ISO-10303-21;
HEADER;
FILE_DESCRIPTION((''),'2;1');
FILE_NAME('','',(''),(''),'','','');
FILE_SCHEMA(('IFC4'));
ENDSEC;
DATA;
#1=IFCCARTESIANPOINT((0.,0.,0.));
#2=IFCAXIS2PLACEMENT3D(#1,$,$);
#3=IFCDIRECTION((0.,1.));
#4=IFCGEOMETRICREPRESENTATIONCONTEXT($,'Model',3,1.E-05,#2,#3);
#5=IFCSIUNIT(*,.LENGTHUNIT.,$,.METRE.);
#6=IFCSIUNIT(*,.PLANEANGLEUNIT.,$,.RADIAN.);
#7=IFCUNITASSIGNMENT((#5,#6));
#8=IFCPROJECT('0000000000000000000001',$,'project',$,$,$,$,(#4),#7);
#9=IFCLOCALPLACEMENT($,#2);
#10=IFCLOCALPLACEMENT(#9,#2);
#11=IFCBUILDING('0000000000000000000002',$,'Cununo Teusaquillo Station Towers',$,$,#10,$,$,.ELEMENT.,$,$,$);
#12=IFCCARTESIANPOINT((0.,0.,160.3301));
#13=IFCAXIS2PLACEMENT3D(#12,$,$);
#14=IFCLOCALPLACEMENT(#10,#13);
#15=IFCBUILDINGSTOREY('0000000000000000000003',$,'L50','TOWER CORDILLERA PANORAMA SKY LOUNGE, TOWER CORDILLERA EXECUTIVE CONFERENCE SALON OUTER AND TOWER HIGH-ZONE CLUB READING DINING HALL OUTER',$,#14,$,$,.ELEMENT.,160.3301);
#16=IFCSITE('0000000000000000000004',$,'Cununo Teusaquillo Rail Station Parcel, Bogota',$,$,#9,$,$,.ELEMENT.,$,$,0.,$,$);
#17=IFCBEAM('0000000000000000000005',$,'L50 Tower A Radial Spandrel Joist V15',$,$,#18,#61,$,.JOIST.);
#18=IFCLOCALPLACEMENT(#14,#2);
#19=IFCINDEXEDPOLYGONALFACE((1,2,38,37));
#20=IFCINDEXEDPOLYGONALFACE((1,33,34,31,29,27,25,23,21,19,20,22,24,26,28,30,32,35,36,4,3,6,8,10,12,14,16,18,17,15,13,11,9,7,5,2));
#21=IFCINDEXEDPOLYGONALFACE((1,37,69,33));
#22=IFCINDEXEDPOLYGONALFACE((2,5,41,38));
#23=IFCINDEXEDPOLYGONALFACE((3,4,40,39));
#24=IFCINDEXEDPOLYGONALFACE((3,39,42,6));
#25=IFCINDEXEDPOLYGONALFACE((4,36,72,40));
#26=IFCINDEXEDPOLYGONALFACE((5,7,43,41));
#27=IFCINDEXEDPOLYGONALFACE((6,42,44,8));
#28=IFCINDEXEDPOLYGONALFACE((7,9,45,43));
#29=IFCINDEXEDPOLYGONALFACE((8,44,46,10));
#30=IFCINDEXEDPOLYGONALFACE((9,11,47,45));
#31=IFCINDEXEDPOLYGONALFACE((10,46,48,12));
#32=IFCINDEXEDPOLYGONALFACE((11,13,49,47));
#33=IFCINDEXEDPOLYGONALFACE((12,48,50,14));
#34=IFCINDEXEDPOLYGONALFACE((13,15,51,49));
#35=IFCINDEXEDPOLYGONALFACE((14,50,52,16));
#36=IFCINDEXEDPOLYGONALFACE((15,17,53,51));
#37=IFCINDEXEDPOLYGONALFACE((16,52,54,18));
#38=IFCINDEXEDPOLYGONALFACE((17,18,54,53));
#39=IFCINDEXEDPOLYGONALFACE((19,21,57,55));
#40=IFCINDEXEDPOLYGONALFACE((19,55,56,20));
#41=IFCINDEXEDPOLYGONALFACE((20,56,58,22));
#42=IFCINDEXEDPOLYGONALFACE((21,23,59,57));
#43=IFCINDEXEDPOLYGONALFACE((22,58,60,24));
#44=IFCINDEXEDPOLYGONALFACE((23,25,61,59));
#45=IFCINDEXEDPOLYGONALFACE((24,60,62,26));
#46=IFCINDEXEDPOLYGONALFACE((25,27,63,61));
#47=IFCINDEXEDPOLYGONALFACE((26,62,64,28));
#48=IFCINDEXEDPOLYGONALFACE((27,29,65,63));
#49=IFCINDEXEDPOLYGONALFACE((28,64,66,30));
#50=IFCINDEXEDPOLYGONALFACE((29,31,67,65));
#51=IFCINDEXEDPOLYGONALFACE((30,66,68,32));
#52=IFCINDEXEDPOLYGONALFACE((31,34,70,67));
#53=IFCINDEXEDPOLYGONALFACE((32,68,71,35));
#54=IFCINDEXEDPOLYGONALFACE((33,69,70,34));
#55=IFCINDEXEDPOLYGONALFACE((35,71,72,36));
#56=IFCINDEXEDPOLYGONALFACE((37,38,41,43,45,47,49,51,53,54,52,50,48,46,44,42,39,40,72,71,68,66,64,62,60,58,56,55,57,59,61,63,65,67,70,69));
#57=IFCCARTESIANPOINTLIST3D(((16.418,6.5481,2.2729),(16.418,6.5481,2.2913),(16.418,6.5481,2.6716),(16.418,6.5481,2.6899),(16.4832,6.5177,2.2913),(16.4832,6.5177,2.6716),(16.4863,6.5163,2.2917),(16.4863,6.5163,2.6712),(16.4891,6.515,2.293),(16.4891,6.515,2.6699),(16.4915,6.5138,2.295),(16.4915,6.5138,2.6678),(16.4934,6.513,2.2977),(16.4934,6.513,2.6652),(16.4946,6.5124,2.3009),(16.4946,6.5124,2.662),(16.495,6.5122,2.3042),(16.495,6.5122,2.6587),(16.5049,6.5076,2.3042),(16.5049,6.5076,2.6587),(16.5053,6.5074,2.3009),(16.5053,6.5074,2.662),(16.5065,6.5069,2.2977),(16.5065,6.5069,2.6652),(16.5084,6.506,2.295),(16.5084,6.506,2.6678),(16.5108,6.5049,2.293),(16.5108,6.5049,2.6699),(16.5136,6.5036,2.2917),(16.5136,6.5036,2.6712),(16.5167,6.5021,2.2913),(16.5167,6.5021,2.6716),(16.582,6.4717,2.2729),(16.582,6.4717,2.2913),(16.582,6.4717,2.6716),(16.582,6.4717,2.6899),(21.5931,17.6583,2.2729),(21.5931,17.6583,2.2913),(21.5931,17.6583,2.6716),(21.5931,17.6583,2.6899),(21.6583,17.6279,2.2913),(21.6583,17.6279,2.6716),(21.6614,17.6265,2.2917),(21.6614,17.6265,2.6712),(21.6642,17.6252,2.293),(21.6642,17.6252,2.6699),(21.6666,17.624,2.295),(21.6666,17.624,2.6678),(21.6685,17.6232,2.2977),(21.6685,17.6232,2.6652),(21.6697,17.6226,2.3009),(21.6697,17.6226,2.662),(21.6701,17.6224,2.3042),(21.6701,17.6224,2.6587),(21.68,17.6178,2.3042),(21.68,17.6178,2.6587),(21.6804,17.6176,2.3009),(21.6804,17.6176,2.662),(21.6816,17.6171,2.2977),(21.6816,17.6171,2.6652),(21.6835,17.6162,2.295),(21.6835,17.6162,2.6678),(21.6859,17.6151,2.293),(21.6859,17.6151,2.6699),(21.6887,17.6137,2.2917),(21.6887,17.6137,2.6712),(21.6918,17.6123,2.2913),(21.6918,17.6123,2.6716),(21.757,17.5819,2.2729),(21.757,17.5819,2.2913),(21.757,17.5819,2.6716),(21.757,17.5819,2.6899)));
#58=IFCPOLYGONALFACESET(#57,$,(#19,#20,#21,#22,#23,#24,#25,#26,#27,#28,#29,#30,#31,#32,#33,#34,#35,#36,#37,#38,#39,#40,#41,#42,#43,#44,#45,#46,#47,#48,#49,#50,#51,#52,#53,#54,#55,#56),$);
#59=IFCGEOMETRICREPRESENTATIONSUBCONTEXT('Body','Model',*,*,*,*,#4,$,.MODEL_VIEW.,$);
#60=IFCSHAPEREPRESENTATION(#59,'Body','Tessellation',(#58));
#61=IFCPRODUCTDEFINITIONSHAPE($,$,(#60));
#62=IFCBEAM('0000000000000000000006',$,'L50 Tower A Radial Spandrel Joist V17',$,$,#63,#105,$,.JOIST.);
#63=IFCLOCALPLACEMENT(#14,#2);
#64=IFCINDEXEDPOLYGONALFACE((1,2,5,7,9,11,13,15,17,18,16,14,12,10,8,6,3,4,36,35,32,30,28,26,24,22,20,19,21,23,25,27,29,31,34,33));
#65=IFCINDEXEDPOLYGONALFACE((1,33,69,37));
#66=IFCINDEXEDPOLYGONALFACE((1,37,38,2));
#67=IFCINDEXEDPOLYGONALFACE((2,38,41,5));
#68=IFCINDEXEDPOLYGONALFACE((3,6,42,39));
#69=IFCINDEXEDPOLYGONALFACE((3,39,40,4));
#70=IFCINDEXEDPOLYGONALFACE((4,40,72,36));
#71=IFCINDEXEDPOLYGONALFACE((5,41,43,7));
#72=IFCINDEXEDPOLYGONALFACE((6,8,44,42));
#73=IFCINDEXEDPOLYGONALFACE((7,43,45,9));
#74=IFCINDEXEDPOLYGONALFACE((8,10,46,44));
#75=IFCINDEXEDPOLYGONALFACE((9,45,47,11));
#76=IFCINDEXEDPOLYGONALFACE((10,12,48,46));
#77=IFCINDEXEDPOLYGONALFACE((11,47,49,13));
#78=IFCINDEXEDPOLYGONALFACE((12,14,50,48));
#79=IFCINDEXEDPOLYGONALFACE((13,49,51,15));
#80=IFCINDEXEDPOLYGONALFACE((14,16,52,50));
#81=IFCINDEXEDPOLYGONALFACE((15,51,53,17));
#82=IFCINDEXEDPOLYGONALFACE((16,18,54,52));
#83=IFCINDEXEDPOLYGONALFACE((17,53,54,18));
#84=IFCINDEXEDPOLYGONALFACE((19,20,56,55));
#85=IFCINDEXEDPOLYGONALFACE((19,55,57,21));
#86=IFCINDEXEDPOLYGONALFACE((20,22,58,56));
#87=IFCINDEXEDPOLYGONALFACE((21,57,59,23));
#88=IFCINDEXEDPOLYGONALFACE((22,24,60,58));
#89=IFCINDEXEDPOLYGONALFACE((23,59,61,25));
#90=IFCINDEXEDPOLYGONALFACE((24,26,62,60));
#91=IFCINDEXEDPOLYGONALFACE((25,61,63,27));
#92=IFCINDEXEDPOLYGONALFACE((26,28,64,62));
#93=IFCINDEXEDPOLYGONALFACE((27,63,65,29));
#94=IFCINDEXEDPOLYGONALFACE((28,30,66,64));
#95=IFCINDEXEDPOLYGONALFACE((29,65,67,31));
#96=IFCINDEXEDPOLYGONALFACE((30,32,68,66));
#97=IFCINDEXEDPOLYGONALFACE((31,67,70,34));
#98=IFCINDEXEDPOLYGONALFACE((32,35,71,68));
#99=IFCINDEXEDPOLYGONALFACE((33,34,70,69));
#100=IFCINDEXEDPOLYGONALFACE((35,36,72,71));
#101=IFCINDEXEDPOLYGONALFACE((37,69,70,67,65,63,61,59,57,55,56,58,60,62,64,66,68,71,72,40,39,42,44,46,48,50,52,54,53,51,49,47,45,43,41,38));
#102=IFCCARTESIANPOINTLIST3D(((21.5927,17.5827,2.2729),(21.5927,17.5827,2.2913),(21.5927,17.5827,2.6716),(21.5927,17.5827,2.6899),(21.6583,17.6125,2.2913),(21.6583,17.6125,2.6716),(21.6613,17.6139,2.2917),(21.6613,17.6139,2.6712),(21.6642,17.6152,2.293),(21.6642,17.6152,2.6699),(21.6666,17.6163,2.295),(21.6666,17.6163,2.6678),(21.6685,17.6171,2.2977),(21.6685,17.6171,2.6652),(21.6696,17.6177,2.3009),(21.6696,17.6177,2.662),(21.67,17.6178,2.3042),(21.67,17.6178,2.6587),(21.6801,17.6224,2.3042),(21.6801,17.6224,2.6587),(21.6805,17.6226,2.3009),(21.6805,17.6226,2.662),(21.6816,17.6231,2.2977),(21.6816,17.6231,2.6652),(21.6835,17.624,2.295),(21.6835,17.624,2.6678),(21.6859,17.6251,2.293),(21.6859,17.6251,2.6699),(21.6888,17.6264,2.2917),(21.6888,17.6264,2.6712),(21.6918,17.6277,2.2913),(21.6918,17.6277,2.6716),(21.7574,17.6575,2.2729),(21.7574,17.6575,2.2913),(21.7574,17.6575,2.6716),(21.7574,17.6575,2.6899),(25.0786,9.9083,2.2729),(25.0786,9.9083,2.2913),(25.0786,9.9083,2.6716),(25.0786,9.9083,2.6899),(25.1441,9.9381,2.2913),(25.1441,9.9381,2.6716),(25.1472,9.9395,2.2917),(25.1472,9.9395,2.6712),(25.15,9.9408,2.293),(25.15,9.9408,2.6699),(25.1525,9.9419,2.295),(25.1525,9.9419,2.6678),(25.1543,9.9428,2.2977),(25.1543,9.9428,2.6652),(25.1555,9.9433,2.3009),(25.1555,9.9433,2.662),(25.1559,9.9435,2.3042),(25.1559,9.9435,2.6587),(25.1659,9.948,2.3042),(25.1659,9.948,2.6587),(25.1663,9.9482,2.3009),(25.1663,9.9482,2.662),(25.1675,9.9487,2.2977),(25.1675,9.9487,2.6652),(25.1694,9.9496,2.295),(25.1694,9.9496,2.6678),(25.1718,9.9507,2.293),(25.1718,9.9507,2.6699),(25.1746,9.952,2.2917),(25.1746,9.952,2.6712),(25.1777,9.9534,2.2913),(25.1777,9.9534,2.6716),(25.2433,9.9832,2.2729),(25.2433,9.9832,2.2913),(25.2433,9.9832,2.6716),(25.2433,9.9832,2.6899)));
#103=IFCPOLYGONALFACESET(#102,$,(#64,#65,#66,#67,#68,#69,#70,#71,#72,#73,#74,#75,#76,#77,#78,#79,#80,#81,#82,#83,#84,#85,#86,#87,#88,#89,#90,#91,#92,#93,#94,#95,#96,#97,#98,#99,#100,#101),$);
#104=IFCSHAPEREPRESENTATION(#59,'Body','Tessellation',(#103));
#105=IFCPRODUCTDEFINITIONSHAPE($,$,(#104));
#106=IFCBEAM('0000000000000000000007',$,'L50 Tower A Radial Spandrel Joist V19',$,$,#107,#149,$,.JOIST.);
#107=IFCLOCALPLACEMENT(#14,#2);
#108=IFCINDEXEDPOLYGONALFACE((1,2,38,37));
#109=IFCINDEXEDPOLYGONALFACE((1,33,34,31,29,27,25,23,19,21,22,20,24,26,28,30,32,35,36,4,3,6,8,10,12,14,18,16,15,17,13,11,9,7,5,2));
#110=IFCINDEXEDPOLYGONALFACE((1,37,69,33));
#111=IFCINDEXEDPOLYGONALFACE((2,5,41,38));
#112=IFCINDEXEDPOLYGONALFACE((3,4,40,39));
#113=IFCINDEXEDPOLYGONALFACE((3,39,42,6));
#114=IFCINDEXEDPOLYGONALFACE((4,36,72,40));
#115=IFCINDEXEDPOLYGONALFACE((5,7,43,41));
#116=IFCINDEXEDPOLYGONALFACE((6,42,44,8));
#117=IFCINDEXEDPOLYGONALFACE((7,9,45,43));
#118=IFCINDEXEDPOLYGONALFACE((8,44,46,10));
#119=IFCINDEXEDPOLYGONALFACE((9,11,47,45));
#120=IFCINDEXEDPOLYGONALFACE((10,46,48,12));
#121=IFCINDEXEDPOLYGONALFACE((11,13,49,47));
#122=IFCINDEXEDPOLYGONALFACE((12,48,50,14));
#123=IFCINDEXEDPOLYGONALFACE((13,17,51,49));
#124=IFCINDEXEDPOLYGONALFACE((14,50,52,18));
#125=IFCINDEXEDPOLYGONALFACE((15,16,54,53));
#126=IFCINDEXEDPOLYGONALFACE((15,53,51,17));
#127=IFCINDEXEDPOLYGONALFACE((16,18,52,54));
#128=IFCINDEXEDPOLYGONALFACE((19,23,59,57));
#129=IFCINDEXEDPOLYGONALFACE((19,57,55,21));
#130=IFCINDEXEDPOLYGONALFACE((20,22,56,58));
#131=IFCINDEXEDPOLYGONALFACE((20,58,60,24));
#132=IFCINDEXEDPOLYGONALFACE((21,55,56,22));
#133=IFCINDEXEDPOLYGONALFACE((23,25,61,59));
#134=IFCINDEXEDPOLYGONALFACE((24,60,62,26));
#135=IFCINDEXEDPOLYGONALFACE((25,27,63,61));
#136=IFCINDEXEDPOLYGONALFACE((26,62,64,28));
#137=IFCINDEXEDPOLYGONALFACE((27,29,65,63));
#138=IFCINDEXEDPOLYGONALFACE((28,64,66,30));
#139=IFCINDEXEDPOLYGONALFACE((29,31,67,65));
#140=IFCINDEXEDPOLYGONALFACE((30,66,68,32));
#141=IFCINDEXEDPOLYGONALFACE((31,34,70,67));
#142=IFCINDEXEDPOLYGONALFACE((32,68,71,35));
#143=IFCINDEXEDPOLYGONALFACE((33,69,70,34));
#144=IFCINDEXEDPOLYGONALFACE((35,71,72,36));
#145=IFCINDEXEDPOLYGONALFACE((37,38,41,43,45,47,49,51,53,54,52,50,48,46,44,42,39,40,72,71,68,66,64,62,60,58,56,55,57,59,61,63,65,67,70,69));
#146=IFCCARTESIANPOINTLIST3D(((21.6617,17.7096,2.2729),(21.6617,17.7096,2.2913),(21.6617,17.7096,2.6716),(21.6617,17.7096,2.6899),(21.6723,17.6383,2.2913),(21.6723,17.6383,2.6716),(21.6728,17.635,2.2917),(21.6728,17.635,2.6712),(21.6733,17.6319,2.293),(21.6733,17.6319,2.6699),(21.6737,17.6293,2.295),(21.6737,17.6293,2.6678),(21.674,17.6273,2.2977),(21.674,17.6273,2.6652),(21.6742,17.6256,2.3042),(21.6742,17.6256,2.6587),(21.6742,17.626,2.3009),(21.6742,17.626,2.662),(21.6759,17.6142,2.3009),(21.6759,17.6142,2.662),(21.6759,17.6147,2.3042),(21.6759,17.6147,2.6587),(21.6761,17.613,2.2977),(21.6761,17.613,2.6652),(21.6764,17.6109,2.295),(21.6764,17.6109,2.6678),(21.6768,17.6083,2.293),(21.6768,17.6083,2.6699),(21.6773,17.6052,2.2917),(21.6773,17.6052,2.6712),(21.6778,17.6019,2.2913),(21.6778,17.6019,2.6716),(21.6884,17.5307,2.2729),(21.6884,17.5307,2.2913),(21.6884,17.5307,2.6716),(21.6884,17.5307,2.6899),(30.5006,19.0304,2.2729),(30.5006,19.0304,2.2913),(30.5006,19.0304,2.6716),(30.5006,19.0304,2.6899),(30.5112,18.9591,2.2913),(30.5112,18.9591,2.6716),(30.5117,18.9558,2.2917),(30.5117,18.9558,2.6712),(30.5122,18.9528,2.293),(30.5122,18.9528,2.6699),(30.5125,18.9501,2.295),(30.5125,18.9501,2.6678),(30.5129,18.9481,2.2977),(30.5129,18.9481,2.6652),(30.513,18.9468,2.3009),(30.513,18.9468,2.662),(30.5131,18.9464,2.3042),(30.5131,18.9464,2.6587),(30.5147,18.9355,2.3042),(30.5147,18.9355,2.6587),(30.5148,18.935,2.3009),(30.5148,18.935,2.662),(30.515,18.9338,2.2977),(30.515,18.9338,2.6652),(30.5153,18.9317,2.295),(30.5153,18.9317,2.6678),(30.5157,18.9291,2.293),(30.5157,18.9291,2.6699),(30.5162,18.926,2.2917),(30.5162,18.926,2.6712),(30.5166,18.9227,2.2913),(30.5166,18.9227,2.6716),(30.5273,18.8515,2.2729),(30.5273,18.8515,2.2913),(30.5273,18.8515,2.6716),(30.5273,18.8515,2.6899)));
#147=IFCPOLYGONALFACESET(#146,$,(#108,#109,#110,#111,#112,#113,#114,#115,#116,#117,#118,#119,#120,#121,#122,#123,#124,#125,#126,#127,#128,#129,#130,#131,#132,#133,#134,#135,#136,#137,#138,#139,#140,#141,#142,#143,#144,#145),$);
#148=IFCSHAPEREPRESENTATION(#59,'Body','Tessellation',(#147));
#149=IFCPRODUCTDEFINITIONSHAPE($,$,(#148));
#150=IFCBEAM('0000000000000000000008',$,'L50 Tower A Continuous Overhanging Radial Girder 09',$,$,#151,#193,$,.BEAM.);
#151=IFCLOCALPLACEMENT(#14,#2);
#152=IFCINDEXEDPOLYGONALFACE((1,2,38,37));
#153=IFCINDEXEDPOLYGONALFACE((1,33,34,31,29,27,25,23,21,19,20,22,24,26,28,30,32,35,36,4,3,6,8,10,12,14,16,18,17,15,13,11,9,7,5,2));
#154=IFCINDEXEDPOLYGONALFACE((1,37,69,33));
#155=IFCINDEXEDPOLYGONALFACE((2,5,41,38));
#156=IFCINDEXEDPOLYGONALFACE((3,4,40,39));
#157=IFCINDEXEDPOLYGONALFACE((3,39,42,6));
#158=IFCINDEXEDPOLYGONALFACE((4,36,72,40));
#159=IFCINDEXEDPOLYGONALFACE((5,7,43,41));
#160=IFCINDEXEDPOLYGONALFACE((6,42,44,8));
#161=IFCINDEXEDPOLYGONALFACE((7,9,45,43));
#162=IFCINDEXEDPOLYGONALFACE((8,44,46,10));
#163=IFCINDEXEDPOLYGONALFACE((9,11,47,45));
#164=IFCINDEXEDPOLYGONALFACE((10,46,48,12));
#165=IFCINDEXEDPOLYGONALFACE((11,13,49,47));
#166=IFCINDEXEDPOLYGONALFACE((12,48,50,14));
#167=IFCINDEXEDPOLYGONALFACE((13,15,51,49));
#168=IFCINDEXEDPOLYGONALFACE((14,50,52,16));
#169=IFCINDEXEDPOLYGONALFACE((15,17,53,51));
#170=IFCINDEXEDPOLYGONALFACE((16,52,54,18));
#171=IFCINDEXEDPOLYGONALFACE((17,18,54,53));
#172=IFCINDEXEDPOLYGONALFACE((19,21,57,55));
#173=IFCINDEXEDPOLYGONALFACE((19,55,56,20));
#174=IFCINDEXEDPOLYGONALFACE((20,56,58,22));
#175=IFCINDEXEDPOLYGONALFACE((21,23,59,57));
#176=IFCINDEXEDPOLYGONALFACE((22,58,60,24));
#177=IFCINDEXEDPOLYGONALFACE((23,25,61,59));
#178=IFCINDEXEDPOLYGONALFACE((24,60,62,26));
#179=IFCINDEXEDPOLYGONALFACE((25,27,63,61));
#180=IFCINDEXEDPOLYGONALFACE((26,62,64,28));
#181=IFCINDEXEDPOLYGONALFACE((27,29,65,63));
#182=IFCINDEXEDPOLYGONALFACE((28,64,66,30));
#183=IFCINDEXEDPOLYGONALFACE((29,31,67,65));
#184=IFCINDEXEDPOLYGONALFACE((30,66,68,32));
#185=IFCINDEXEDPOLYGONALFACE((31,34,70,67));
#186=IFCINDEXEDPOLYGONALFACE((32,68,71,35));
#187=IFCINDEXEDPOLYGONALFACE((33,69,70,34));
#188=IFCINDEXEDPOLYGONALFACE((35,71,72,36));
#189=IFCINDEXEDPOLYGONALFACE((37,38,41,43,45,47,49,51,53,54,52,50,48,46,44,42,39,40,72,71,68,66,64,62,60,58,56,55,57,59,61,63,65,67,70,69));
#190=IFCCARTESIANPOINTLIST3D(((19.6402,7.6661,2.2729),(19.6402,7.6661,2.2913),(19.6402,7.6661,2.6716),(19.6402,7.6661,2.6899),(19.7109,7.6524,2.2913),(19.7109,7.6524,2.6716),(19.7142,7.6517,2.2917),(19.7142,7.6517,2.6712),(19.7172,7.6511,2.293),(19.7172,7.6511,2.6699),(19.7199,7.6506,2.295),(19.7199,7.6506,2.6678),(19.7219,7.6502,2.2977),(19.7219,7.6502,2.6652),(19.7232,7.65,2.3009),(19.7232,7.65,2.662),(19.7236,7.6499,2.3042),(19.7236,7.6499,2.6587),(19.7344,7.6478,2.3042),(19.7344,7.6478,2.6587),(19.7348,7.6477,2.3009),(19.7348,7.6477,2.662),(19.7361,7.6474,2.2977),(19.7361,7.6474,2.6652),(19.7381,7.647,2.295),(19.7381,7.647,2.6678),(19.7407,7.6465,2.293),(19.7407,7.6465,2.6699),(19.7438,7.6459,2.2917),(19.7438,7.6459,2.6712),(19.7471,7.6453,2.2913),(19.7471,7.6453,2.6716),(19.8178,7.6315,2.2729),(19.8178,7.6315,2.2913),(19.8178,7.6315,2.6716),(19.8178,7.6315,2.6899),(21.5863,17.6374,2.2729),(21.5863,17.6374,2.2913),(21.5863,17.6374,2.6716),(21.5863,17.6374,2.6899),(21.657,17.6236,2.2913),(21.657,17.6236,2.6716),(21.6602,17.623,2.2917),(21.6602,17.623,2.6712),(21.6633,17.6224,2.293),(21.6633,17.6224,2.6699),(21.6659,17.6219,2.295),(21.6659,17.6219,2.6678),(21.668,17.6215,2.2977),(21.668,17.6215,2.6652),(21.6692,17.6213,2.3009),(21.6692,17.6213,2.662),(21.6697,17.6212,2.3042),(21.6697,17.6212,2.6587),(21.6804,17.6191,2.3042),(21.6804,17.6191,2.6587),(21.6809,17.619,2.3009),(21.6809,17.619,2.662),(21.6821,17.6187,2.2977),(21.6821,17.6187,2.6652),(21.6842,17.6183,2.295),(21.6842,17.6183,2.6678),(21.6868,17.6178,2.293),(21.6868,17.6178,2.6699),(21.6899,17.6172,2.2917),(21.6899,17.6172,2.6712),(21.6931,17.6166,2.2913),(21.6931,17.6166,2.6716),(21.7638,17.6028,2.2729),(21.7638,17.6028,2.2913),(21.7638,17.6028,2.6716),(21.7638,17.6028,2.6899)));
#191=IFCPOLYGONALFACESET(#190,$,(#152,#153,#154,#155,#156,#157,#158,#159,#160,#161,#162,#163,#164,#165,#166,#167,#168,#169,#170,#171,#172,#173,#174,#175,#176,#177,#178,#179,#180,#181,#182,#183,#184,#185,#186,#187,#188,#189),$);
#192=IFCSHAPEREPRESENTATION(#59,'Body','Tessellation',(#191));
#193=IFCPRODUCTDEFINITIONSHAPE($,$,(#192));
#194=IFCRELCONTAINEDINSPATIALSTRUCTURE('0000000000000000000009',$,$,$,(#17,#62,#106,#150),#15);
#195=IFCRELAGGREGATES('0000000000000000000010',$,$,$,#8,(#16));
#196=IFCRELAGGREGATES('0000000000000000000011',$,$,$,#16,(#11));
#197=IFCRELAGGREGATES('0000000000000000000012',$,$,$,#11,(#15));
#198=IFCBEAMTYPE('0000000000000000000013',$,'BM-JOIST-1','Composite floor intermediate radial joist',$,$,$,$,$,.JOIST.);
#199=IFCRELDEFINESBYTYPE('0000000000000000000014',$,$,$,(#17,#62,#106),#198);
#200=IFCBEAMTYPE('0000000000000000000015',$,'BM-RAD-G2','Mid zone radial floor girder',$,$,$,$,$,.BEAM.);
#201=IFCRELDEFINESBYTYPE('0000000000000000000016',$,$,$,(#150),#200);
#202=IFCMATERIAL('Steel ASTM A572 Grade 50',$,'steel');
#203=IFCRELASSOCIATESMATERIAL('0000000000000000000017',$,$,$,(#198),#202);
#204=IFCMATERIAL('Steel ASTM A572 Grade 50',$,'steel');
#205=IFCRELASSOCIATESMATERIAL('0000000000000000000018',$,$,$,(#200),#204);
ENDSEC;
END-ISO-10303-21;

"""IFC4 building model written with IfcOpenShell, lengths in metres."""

from ifc_helpers import new_model, si_unit, direction, frame, origin, origin_2d, place, context, subcontext, project, spatial, i_section, extrude, material, material_profile, profile_set, type_object, element, save


model = new_model("IFC4")

# Units and contexts
model_context = context("Model", 3, precision=1e-05, world=origin(), true_north=direction((0.0, 1.0)))
body_context = subcontext(model_context, "Body", "Model", "MODEL_VIEW")
ifc_project = project(units=[si_unit("LENGTHUNIT", "METRE"), si_unit("PLANEANGLEUNIT", "RADIAN")], contexts=[model_context])

# Site, building, storey
site_placement = place(None, origin())
site = spatial("IfcSite", under=ifc_project, at=site_placement, Name="Cununo Teusaquillo Rail Station Parcel, Bogota", CompositionType="ELEMENT", RefElevation=0.0)
building_placement = place(site_placement, origin())
building = spatial("IfcBuilding", under=site, at=building_placement, Name="Cununo Teusaquillo Station Towers", CompositionType="ELEMENT")
storey_placement = place(building_placement, frame((0.0, 0.0, 160.3301)))
storey = spatial("IfcBuildingStorey", under=building, at=storey_placement, Name="L50", Description="TOWER CORDILLERA PANORAMA SKY LOUNGE, TOWER CORDILLERA EXECUTIVE CONFERENCE SALON OUTER AND TOWER HIGH-ZONE CLUB READING DINING HALL OUTER", CompositionType="ELEMENT", Elevation=160.3301)

# Beams
ifc_material_1 = material(Name="Steel ASTM A572 Grade 50", Category="steel")
ifc_material_profile_1 = material_profile(ifc_material_1, i_section(OverallWidth=0.1809, OverallDepth=0.417, WebThickness=0.011, FlangeThickness=0.0183, FilletRadius=0.0129, at=origin_2d()), Name="W16X57")
ifc_profile_set_1 = profile_set([ifc_material_profile_1], Name="Steel ASTM A572 Grade 50")
beam_type_1 = type_object("IfcBeamType", Name="BM-JOIST-1", Description="Composite floor intermediate radial joist", PredefinedType="JOIST", material=ifc_profile_set_1)
beam_1_placement = place(storey_placement, frame((21.675, 17.6201, 2.4814), z_axis=(-0.422238, -0.906485, 0.0), x_axis=(0.906485, -0.422238, 0.0)))
element("IfcBeam", 1, at=beam_1_placement, inside=storey, type_object=beam_type_1, Name="L50 Tower A Radial Spandrel Joist V15", PredefinedType="JOIST", context=body_context, shape_type="SweptSolid", body=[
    extrude(i_section(OverallWidth=0.1809, OverallDepth=0.417, WebThickness=0.011, FlangeThickness=0.0183, FilletRadius=0.0129, at=origin_2d()), origin(), (0.0, 0.0, 1.0), 12.2563),
])
beam_2_placement = place(storey_placement, frame((21.675, 17.6201, 2.4814), z_axis=(0.413559, -0.910478, 0.0), x_axis=(0.910478, 0.413559, 0.0)))
element("IfcBeam", 2, at=beam_2_placement, inside=storey, type_object=beam_type_1, Name="L50 Tower A Radial Spandrel Joist V17", PredefinedType="JOIST", context=body_context, shape_type="SweptSolid", body=[
    extrude(i_section(OverallWidth=0.1809, OverallDepth=0.417, WebThickness=0.011, FlangeThickness=0.0183, FilletRadius=0.0129, at=origin_2d()), origin(), (0.0, 0.0, 1.0), 8.429),
])
beam_3_placement = place(storey_placement, frame((21.675, 17.6201, 2.4814), z_axis=(0.989019, 0.14779, 0.0), x_axis=(-0.14779, 0.989019, 0.0)))
element("IfcBeam", 3, at=beam_3_placement, inside=storey, type_object=beam_type_1, Name="L50 Tower A Radial Spandrel Joist V19", PredefinedType="JOIST", context=body_context, shape_type="SweptSolid", body=[
    extrude(i_section(OverallWidth=0.1809, OverallDepth=0.417, WebThickness=0.011, FlangeThickness=0.0183, FilletRadius=0.0129, at=origin_2d()), origin(), (0.0, 0.0, 1.0), 8.937),
])
ifc_material_2 = material(Name="Steel ASTM A572 Grade 50", Category="steel")
ifc_material_profile_2 = material_profile(ifc_material_2, i_section(OverallWidth=0.1809, OverallDepth=0.417, WebThickness=0.011, FlangeThickness=0.0183, FilletRadius=0.0129, at=origin_2d()), Name="W16X57")
ifc_profile_set_2 = profile_set([ifc_material_profile_2], Name="Steel ASTM A572 Grade 50")
beam_type_2 = type_object("IfcBeamType", Name="BM-RAD-G2", Description="Mid zone radial floor girder", PredefinedType="BEAM", material=ifc_profile_set_2)
beam_4_placement = place(storey_placement, frame((21.675, 17.6201, 2.4814), z_axis=(-0.191553, -0.981482, 0.0), x_axis=(0.981482, -0.191553, 0.0)))
element("IfcBeam", 4, at=beam_4_placement, inside=storey, type_object=beam_type_2, Name="L50 Tower A Continuous Overhanging Radial Girder 09", PredefinedType="BEAM", context=body_context, shape_type="SweptSolid", body=[
    extrude(i_section(OverallWidth=0.1809, OverallDepth=0.417, WebThickness=0.011, FlangeThickness=0.0183, FilletRadius=0.0129, at=origin_2d()), origin(), (0.0, 0.0, 1.0), 10.1594),
])

save(model, "model.ifc")
